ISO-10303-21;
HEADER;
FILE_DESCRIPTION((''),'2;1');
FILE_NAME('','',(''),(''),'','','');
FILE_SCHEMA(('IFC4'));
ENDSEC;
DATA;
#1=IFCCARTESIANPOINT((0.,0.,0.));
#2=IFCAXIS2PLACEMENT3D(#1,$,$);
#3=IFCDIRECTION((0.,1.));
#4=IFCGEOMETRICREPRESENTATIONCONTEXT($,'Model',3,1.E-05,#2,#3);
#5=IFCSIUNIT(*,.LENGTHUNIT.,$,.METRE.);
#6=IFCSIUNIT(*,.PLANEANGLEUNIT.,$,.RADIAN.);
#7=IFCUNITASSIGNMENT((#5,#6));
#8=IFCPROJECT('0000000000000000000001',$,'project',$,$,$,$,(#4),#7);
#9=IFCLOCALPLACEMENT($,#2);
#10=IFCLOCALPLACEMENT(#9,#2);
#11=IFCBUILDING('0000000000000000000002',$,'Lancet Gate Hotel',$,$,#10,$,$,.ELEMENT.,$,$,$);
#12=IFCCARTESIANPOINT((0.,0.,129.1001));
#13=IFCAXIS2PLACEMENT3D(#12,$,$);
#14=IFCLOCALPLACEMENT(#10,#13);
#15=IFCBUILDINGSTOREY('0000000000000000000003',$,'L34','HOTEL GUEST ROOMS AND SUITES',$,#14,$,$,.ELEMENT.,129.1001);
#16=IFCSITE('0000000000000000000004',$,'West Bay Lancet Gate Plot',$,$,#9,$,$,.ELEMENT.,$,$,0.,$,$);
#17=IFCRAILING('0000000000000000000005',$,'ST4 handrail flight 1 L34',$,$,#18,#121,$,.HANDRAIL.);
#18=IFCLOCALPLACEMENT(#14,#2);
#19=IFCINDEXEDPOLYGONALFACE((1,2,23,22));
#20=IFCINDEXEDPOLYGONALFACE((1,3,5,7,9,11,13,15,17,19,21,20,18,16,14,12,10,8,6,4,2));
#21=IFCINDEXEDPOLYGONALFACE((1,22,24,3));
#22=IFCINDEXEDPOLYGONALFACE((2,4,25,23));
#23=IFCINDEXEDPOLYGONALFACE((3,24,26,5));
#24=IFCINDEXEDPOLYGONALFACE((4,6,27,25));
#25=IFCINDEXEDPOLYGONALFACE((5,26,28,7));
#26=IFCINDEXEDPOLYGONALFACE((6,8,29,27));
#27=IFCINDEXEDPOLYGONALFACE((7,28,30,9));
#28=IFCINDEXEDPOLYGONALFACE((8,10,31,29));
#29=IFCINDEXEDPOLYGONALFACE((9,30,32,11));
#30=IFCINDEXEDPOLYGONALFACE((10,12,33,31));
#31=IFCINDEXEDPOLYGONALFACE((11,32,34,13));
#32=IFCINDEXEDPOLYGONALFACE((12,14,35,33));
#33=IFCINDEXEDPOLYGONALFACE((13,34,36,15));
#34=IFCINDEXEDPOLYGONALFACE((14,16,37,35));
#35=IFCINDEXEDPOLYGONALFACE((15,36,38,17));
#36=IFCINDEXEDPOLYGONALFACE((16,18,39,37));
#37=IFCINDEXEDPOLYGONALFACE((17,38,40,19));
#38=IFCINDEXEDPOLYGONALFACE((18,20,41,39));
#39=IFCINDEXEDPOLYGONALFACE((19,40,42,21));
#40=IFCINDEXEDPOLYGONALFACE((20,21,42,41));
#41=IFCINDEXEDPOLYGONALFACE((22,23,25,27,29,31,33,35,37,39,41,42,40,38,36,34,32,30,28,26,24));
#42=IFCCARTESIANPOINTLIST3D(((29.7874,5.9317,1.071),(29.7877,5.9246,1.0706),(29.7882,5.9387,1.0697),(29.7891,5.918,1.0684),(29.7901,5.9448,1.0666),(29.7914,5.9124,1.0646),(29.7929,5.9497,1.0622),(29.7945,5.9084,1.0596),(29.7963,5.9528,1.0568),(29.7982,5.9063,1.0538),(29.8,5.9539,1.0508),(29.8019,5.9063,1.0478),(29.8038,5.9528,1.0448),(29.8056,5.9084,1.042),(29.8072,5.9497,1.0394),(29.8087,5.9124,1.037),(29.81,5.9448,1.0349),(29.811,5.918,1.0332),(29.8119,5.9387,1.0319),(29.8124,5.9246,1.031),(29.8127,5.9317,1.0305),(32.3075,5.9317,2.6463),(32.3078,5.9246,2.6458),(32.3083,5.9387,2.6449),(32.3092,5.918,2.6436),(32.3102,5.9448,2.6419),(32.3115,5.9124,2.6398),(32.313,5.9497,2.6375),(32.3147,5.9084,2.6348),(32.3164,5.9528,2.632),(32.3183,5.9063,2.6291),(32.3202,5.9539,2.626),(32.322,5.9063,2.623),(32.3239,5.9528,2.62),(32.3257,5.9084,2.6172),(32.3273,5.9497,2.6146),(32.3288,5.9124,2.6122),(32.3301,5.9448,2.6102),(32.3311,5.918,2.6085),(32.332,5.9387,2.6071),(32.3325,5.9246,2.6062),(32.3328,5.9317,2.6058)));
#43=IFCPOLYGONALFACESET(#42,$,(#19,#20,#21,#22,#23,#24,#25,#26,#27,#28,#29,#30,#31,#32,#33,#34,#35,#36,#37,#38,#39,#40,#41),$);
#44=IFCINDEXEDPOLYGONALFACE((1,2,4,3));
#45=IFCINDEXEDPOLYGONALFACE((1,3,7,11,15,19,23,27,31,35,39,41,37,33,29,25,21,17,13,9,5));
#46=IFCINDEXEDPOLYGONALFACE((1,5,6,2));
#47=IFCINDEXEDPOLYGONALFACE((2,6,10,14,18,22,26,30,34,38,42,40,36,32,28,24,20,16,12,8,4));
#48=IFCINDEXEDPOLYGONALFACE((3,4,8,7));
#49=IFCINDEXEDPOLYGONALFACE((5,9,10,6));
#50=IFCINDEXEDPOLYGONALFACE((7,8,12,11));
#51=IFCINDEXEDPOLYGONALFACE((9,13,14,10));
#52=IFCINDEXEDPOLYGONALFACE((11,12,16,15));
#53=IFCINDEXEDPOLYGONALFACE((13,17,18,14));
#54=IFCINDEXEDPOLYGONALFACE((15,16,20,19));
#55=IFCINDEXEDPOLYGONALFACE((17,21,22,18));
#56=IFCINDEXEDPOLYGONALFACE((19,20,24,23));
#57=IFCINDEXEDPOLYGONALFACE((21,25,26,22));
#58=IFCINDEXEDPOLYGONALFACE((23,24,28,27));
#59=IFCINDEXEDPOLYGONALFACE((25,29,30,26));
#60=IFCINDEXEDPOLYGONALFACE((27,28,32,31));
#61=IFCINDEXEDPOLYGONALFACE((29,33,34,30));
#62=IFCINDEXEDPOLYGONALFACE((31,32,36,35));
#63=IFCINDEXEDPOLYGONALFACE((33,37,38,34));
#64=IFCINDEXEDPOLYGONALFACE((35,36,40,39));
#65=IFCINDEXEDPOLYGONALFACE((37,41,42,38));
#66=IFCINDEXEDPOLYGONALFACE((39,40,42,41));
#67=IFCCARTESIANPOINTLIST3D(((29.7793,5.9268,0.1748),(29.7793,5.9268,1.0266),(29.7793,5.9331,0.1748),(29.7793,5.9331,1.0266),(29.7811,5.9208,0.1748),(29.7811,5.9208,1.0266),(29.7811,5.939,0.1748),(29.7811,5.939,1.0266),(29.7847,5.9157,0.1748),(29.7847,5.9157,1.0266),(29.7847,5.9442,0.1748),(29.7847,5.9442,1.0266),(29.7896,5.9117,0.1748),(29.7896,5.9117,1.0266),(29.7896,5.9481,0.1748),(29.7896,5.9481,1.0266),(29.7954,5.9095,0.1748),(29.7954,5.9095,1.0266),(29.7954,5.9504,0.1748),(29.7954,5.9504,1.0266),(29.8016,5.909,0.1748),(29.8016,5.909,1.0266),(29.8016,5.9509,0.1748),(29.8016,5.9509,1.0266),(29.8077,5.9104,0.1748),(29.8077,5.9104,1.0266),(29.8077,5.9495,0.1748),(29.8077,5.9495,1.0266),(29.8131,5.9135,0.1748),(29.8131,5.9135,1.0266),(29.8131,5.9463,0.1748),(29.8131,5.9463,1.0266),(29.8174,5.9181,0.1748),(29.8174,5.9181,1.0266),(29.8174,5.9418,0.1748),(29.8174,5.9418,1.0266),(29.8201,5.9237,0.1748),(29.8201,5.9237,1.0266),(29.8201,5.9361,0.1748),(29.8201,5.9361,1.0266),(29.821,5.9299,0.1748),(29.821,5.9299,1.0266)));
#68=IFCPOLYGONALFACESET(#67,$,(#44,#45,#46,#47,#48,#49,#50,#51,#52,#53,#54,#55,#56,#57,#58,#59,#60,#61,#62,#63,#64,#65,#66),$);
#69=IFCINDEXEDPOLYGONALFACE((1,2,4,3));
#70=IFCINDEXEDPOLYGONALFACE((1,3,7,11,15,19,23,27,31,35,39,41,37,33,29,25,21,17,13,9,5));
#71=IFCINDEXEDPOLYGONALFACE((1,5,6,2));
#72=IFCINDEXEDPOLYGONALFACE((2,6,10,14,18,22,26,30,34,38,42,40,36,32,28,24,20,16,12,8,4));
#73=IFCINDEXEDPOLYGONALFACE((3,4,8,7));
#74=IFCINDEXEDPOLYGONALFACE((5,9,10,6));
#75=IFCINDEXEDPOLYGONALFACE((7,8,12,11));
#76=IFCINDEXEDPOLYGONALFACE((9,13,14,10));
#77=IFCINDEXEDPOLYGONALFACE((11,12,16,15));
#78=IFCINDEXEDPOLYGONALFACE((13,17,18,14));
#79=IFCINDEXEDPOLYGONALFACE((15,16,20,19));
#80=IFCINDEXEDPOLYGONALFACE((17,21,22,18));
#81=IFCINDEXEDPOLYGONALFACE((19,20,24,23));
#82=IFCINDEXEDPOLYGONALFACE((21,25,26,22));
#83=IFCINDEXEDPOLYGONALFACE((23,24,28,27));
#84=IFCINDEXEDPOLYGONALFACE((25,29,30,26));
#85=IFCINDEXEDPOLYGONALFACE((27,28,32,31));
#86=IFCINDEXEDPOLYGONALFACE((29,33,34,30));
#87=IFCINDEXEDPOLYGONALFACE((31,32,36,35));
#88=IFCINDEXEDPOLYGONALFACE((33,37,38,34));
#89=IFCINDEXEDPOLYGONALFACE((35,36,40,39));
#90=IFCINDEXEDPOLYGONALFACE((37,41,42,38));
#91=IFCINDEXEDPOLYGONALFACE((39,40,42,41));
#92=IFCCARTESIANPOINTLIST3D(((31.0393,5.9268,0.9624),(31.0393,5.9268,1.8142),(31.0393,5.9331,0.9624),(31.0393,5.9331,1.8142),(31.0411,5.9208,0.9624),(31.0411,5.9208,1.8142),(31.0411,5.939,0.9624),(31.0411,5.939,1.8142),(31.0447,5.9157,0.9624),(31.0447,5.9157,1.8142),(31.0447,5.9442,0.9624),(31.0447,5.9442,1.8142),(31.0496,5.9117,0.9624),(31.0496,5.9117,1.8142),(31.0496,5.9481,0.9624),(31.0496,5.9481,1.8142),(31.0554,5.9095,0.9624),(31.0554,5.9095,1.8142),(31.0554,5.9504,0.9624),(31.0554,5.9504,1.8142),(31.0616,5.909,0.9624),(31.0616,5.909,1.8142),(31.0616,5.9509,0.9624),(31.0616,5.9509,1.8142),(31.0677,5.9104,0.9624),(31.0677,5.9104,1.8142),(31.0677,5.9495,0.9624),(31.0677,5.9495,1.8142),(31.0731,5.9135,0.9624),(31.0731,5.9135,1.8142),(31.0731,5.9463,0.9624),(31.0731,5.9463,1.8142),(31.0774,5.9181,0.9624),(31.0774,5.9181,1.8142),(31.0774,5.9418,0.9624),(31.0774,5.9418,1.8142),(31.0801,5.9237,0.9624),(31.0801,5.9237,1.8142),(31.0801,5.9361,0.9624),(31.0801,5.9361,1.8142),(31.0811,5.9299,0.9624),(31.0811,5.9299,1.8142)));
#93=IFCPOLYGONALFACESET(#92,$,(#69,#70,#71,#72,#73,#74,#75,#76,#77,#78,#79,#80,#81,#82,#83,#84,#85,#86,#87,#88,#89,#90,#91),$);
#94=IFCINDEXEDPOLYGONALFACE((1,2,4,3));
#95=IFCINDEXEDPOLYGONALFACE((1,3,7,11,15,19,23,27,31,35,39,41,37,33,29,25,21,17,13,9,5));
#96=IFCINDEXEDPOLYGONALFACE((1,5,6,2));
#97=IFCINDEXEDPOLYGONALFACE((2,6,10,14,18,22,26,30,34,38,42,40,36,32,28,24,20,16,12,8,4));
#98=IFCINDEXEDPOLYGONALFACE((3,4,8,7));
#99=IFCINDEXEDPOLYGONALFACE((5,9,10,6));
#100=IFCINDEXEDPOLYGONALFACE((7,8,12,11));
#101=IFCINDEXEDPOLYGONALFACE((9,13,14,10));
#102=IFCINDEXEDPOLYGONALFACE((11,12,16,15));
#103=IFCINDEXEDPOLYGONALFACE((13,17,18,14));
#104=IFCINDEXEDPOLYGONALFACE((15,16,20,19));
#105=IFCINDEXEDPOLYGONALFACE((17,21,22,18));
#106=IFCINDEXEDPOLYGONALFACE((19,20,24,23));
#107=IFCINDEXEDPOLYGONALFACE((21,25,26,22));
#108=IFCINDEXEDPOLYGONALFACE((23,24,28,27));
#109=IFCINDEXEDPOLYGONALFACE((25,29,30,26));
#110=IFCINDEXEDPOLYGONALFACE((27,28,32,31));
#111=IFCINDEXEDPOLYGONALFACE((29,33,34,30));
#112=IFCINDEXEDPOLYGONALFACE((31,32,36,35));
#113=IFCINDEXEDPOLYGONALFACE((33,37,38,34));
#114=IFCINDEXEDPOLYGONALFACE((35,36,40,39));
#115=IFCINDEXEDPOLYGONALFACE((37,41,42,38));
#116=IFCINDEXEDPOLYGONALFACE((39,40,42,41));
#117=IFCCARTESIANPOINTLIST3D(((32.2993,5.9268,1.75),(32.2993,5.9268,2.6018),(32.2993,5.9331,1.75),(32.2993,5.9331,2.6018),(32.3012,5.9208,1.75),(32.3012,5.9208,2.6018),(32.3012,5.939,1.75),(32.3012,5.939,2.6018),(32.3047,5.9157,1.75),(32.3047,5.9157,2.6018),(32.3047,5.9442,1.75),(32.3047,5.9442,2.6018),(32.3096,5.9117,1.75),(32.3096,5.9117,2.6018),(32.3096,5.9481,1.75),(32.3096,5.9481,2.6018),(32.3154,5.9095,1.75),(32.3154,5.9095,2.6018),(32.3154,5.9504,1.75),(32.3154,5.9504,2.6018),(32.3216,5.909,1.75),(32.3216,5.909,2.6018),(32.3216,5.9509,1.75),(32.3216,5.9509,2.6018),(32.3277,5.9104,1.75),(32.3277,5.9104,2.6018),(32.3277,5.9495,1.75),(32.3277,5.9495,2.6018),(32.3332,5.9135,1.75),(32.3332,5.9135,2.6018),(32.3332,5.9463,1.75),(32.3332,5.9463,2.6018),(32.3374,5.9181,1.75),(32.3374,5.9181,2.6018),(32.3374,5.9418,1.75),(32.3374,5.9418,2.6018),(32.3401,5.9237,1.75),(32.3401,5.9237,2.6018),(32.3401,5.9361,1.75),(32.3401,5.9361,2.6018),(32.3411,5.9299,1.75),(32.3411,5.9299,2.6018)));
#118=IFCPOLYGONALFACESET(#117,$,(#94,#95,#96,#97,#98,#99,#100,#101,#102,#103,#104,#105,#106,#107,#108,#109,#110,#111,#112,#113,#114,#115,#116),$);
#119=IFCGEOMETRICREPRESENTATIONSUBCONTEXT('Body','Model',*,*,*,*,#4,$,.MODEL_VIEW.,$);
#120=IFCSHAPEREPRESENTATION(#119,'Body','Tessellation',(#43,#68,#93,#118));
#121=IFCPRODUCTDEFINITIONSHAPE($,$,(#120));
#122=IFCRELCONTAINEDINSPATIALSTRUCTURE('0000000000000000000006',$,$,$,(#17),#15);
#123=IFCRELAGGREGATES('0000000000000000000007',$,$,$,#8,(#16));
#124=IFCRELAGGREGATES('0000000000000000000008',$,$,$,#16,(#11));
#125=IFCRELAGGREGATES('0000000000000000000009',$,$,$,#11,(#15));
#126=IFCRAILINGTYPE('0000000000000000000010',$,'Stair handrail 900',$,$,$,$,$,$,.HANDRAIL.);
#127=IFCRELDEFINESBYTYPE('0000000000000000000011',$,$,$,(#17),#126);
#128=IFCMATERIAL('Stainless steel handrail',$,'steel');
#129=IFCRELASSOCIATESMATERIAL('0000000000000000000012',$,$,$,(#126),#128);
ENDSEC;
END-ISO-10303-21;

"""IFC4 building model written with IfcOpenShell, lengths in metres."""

from ifc_helpers import new_model, si_unit, direction, frame, origin, origin_2d, place, context, subcontext, project, spatial, circle, extrude, material, type_object, element, save


model = new_model("IFC4")

# Units and contexts
model_context = context("Model", 3, precision=1e-05, world=origin(), true_north=direction((0.0, 1.0)))
body_context = subcontext(model_context, "Body", "Model", "MODEL_VIEW")
ifc_project = project(units=[si_unit("LENGTHUNIT", "METRE"), si_unit("PLANEANGLEUNIT", "RADIAN")], contexts=[model_context])

# Site, building, storey
site_placement = place(None, origin())
site = spatial("IfcSite", under=ifc_project, at=site_placement, Name="West Bay Lancet Gate Plot", CompositionType="ELEMENT", RefElevation=0.0)
building_placement = place(site_placement, origin())
building = spatial("IfcBuilding", under=site, at=building_placement, Name="Lancet Gate Hotel", CompositionType="ELEMENT")
storey_placement = place(building_placement, frame((0.0, 0.0, 129.1001)))
storey = spatial("IfcBuildingStorey", under=building, at=storey_placement, Name="L34", Description="HOTEL GUEST ROOMS AND SUITES", CompositionType="ELEMENT", Elevation=129.1001)

# Railing
ifc_material_1 = material(Name="Stainless steel handrail", Category="steel")
railing_type = type_object("IfcRailingType", Name="Stair handrail 900", PredefinedType="HANDRAIL", material=ifc_material_1)
railing_1_placement = place(storey_placement, frame((29.8, 5.9299, 0.1748)))
element("IfcRailing", 1, at=railing_1_placement, inside=storey, type_object=railing_type, Name="ST4 handrail flight 1 L34", PredefinedType="HANDRAIL", context=body_context, shape_type="SweptSolid", body=[
    extrude(circle(Radius=0.0239, at=origin_2d()), frame((0.0, 0.0, 0.876), z_axis=(0.847971, 0.0, 0.530043), x_axis=(0.0, 1.0, 0.0)), (0.0, 0.0, 1.0), 2.9719),
    extrude(circle(Radius=0.021, at=origin_2d()), origin(), (0.0, 0.0, 1.0), 0.8518),
    extrude(circle(Radius=0.021, at=origin_2d()), frame((1.26, 0.0, 0.7876)), (0.0, 0.0, 1.0), 0.8518),
    extrude(circle(Radius=0.021, at=origin_2d()), frame((2.52, 0.0, 1.5752)), (0.0, 0.0, 1.0), 0.8518),
])

save(model, "model.ifc")
